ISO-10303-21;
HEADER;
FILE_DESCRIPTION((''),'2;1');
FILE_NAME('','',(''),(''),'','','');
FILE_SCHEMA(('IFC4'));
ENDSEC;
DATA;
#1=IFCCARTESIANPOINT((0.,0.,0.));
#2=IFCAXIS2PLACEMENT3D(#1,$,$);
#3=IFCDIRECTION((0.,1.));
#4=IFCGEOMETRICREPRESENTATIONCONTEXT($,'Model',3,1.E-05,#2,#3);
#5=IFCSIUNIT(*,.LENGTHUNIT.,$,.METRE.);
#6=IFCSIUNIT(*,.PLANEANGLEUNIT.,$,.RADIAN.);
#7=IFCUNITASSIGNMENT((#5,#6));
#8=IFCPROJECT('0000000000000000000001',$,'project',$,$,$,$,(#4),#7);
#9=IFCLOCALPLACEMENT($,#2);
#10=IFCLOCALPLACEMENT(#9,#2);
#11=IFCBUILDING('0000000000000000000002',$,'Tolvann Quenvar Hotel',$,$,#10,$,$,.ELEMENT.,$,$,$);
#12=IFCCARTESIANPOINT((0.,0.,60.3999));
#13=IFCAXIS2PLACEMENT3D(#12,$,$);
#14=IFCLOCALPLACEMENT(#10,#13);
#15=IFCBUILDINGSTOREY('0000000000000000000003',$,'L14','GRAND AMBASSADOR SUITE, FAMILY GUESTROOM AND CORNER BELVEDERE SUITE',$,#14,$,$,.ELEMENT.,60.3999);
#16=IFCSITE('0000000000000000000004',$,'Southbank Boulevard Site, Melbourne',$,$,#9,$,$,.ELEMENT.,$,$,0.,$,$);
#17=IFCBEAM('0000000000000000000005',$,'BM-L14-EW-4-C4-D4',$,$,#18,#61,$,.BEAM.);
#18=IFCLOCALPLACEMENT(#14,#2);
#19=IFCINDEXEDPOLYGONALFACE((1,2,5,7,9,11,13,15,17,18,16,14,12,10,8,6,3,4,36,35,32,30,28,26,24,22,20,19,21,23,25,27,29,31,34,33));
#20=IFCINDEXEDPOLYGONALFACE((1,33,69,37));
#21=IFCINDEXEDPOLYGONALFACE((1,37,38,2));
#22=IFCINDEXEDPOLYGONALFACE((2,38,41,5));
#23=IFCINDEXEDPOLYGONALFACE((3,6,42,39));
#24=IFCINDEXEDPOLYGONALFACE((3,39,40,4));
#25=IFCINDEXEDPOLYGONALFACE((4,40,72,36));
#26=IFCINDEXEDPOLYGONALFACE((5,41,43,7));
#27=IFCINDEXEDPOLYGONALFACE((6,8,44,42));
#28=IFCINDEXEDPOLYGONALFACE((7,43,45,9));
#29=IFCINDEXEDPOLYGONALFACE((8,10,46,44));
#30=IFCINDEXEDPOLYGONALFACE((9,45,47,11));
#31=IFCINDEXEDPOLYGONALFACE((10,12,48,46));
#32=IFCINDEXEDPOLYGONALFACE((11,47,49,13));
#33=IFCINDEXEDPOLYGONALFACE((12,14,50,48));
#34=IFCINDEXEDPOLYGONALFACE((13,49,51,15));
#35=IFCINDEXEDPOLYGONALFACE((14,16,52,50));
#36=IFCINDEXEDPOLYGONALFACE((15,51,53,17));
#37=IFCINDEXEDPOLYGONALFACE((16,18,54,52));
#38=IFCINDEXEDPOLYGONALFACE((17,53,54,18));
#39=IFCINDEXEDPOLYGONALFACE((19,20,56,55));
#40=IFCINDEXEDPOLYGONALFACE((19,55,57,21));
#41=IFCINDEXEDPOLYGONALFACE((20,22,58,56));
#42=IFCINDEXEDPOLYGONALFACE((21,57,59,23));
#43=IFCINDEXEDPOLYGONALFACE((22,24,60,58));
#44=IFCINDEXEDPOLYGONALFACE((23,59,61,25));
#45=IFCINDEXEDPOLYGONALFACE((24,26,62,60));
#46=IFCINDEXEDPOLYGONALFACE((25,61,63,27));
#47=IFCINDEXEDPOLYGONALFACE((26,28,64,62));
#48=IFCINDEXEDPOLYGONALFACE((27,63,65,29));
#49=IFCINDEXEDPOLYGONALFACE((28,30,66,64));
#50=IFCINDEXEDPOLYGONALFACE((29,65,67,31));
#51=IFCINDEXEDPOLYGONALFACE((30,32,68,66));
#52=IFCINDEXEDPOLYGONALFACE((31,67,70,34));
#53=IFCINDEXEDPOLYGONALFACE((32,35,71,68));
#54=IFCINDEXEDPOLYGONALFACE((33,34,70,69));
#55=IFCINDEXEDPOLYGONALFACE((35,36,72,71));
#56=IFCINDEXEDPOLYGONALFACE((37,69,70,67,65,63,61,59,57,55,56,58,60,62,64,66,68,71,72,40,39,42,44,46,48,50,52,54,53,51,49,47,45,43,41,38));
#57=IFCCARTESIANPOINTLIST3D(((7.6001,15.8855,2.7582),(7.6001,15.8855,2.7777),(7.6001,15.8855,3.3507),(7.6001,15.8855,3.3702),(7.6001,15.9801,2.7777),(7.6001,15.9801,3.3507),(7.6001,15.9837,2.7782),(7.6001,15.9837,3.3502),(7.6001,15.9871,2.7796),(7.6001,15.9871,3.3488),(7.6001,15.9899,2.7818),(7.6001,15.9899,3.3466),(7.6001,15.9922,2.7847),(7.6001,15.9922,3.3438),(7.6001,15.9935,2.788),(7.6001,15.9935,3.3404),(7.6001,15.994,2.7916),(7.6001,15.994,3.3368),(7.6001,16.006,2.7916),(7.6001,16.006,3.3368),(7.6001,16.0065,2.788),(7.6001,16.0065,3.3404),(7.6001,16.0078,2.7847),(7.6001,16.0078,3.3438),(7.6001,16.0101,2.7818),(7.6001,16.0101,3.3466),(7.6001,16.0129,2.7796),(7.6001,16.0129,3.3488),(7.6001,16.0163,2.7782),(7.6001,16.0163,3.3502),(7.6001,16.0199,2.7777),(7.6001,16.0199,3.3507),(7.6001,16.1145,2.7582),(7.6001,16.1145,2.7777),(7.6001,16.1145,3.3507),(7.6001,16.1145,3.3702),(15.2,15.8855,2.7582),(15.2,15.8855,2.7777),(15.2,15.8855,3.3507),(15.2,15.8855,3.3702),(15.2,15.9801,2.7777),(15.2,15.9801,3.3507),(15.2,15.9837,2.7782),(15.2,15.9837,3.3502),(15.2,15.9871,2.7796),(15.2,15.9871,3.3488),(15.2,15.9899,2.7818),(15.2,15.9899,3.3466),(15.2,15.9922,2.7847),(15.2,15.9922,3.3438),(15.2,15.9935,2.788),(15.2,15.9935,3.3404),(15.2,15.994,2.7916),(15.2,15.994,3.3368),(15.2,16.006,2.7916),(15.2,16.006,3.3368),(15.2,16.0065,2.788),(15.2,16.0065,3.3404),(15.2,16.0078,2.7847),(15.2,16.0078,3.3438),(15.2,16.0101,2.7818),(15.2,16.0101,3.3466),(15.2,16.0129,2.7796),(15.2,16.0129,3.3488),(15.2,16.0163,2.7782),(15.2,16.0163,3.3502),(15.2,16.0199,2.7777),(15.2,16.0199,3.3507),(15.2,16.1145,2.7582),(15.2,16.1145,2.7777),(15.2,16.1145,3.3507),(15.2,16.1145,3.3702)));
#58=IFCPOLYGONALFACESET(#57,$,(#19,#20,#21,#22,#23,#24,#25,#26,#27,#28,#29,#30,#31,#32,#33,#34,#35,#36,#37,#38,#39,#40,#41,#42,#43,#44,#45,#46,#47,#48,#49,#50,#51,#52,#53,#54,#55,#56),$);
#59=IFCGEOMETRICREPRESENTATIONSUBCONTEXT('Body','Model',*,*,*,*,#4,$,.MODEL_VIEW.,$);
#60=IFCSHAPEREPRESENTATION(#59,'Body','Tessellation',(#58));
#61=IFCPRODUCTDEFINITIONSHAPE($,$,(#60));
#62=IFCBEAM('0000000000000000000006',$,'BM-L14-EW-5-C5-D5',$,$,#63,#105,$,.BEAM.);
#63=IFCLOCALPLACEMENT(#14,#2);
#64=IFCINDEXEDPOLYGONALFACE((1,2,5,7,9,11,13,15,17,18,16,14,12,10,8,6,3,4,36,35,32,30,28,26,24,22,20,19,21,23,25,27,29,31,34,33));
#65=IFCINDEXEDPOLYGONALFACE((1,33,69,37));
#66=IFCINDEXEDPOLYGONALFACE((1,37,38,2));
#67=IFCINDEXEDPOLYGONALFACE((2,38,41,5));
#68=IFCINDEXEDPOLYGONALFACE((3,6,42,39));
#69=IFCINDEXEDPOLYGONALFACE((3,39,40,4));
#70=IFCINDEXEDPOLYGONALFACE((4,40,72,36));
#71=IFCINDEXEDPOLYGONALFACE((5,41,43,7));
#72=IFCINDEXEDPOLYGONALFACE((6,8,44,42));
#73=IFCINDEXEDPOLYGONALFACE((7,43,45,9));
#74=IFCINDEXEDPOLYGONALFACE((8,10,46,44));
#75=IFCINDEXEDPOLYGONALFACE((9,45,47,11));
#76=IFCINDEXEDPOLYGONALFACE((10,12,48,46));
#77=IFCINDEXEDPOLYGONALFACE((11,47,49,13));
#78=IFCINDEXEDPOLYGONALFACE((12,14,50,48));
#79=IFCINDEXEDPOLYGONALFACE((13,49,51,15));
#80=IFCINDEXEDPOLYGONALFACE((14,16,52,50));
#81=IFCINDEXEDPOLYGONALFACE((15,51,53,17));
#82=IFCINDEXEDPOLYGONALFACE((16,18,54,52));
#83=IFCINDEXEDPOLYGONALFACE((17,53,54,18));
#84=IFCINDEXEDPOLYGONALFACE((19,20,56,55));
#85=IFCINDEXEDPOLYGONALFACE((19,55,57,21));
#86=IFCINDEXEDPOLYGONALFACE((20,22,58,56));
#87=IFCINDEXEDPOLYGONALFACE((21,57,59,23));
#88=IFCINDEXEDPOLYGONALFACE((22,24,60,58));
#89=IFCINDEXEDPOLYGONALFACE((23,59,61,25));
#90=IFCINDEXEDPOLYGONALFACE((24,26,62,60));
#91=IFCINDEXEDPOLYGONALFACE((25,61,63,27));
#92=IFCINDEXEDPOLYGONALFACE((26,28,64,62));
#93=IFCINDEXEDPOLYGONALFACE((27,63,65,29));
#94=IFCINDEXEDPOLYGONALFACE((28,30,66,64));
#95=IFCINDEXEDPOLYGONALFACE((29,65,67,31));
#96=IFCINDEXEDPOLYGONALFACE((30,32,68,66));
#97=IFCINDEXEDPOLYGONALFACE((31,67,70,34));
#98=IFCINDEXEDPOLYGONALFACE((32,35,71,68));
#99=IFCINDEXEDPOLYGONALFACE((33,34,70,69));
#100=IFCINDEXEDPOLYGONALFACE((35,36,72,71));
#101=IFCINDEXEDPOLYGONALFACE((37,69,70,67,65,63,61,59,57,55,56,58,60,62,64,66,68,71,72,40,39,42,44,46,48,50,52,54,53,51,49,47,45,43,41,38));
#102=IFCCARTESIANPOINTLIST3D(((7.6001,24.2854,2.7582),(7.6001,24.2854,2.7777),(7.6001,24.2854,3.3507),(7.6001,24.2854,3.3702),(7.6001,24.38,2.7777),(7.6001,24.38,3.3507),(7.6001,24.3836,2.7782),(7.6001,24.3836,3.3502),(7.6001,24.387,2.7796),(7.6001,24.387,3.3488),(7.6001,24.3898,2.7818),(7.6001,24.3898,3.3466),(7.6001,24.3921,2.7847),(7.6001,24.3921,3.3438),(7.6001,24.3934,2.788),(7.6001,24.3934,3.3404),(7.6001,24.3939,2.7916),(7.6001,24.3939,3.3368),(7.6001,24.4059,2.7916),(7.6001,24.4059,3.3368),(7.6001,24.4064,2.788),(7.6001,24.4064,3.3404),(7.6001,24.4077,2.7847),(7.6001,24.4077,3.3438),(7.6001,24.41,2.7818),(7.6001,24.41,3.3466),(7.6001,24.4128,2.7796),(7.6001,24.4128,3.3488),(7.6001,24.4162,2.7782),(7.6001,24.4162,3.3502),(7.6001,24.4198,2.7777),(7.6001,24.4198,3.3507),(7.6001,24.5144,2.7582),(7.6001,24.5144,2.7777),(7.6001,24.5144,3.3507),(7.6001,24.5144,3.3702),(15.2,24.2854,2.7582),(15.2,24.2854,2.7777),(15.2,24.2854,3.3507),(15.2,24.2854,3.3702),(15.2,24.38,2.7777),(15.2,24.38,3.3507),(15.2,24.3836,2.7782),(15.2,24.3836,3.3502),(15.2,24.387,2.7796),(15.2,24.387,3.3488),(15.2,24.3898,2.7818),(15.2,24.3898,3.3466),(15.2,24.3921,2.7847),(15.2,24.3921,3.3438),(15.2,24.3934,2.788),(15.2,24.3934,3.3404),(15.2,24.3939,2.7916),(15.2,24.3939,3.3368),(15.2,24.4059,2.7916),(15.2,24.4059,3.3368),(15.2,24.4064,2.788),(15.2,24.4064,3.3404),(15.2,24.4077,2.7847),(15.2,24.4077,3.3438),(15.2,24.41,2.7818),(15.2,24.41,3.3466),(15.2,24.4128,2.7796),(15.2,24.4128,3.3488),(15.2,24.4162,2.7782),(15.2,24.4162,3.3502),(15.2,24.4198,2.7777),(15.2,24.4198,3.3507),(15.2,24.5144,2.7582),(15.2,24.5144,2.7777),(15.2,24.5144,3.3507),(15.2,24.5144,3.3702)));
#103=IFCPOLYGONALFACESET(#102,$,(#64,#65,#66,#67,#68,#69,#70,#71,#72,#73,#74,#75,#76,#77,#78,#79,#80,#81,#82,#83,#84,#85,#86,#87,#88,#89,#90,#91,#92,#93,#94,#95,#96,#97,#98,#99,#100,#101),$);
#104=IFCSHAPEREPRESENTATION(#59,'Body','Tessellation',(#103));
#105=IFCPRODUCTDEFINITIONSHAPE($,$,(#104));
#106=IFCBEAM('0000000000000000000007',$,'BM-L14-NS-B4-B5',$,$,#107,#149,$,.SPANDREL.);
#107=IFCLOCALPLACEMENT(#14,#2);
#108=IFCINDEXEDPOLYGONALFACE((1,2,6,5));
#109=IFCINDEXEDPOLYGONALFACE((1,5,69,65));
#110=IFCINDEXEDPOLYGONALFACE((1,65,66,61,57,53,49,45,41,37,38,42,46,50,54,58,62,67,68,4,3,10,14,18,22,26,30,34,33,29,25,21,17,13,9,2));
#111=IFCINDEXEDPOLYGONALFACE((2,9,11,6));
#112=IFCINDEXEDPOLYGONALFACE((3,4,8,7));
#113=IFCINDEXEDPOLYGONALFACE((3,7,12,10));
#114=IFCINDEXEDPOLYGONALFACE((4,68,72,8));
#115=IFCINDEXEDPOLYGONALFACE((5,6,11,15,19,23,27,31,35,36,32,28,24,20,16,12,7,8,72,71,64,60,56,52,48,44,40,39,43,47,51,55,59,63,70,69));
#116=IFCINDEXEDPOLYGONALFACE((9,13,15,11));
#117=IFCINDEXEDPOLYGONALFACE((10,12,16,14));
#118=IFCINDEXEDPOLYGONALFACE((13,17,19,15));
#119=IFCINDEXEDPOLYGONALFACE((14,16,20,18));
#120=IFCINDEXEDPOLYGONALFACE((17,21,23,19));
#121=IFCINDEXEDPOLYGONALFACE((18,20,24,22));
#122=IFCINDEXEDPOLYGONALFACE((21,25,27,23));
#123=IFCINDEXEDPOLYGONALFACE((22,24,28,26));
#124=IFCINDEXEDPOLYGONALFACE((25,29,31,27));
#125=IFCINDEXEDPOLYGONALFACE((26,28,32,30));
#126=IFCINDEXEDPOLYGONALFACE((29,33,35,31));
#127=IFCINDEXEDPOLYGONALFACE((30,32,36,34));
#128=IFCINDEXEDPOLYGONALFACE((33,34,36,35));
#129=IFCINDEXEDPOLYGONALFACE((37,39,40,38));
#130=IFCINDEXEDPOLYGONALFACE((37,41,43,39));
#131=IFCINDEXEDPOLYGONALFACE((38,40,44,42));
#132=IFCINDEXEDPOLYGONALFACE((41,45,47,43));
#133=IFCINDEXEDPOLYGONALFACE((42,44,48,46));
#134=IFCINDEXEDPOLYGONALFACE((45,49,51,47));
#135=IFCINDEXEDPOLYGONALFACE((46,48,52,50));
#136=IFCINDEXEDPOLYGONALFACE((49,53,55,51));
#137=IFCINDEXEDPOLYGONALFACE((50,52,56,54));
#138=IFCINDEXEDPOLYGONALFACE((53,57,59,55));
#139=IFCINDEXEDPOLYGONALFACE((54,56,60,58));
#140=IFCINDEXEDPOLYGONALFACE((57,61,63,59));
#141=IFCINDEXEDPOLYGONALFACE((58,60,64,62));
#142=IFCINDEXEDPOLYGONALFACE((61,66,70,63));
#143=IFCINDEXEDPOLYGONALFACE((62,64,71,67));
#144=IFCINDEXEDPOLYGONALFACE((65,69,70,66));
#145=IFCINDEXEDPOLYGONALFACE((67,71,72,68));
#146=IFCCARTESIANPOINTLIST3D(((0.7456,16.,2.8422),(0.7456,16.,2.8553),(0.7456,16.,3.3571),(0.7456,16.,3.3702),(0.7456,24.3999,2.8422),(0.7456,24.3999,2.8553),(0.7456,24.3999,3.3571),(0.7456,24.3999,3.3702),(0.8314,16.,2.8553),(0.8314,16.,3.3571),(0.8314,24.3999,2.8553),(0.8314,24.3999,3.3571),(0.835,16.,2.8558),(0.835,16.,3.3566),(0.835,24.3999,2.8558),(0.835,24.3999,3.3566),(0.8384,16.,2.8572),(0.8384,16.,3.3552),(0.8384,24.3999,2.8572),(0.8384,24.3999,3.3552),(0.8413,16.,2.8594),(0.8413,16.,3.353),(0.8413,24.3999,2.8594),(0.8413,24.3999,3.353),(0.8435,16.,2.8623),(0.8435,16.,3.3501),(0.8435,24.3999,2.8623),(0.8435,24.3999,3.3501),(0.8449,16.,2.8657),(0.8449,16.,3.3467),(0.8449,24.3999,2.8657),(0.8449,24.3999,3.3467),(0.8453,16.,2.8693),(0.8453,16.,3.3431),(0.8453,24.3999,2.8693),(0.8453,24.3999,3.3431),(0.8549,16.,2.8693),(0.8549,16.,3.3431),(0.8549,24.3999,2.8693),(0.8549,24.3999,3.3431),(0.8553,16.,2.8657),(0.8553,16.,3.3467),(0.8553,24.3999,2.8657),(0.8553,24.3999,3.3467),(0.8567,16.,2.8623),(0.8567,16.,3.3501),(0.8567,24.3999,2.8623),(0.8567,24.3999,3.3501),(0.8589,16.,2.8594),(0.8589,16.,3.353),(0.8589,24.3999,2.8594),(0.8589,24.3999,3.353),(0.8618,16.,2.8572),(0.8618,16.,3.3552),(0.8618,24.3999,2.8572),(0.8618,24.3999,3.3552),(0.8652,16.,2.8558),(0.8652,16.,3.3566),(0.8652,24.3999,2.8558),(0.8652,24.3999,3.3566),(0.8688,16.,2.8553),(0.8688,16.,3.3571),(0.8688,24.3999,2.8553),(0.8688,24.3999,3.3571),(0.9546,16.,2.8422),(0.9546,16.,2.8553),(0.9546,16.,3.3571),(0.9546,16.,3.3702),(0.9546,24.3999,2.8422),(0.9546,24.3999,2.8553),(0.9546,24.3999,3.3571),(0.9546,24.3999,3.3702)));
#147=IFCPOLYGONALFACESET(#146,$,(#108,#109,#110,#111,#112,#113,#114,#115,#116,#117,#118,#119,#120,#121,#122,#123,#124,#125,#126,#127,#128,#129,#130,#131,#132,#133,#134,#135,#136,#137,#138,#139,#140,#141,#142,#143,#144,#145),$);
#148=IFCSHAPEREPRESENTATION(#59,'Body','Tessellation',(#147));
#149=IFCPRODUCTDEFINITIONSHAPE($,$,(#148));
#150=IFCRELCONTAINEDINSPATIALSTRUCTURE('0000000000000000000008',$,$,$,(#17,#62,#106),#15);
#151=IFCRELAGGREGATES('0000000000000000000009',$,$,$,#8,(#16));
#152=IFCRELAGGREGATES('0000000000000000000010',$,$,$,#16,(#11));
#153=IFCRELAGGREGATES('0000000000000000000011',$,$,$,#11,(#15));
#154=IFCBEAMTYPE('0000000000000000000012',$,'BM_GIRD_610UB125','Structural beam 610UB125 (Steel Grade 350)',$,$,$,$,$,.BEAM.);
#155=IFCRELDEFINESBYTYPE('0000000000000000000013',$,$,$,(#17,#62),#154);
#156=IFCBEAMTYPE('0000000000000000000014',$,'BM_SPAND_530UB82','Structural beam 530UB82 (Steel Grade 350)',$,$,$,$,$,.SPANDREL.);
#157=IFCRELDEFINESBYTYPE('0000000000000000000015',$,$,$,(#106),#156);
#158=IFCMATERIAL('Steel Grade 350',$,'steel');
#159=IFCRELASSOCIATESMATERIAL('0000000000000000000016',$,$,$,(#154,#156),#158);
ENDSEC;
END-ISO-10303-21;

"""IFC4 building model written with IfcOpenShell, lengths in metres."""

from ifc_helpers import new_model, si_unit, direction, frame, origin, origin_2d, place, context, subcontext, project, spatial, i_section, extrude, source, transform, mapped, material, material_profile, profile_set, type_object, element, save


model = new_model("IFC4")

# Units and contexts
model_context = context("Model", 3, precision=1e-05, world=origin(), true_north=direction((0.0, 1.0)))
body_context = subcontext(model_context, "Body", "Model", "MODEL_VIEW")
ifc_project = project(units=[si_unit("LENGTHUNIT", "METRE"), si_unit("PLANEANGLEUNIT", "RADIAN")], contexts=[model_context])

# Site, building, storey
site_placement = place(None, origin())
site = spatial("IfcSite", under=ifc_project, at=site_placement, Name="Southbank Boulevard Site, Melbourne", CompositionType="ELEMENT", RefElevation=0.0)
building_placement = place(site_placement, origin())
building = spatial("IfcBuilding", under=site, at=building_placement, Name="Tolvann Quenvar Hotel", CompositionType="ELEMENT")
storey_placement = place(building_placement, frame((0.0, 0.0, 60.3999)))
storey = spatial("IfcBuildingStorey", under=building, at=storey_placement, Name="L14", Description="GRAND AMBASSADOR SUITE, FAMILY GUESTROOM AND CORNER BELVEDERE SUITE", CompositionType="ELEMENT", Elevation=60.3999)

# Shared definitions
ifc_material_1 = material(Name="Steel Grade 350", Category="steel")

# Beams
ifc_material_profile_1 = material_profile(ifc_material_1, i_section(OverallWidth=0.229, OverallDepth=0.6121, WebThickness=0.012, FlangeThickness=0.0195, FilletRadius=0.0139, at=origin_2d()), Name="610UB125")
ifc_profile_set_1 = profile_set([ifc_material_profile_1], Name="Steel Grade 350")
beam_type_1 = type_object("IfcBeamType", Name="BM_GIRD_610UB125", Description="Structural beam 610UB125 (Steel Grade 350)", PredefinedType="BEAM", material=ifc_profile_set_1)
shared_shape_1 = source(origin(), body_context, "Body", "SweptSolid", [
    extrude(i_section(OverallWidth=0.229, OverallDepth=0.6121, WebThickness=0.012, FlangeThickness=0.0195, FilletRadius=0.0139, at=origin_2d()), origin(), (0.0, 0.0, 1.0), 7.5999),
])
for number, where, z_axis, x_axis, name in (
    (1, (7.6001, 16.0, 3.0642), (1.0, 0.0, 0.0), (0.0, 1.0, 0.0), "BM-L14-EW-4-C4-D4"),
    (2, (7.6001, 24.3999, 3.0642), (1.0, 0.0, 0.0), (0.0, 1.0, 0.0), "BM-L14-EW-5-C5-D5"),
):
    element("IfcBeam", number, at=place(storey_placement, frame(where, z_axis=z_axis, x_axis=x_axis)), inside=storey, type_object=beam_type_1, Name=name, PredefinedType="BEAM", context=body_context, shape_type="MappedRepresentation", body=[
        mapped(shared_shape_1, transform((0.0, 0.0, 0.0), x_axis=(1.0, 0.0, 0.0), y_axis=(0.0, 1.0, 0.0), z_axis=(0.0, 0.0, 1.0), scale=1.0)),
    ])
ifc_material_profile_2 = material_profile(ifc_material_1, i_section(OverallWidth=0.209, OverallDepth=0.5281, WebThickness=0.0095, FlangeThickness=0.0132, FilletRadius=0.0139, at=origin_2d()), Name="530UB82")
ifc_profile_set_2 = profile_set([ifc_material_profile_2], Name="Steel Grade 350")
beam_type_2 = type_object("IfcBeamType", Name="BM_SPAND_530UB82", Description="Structural beam 530UB82 (Steel Grade 350)", PredefinedType="SPANDREL", material=ifc_profile_set_2)
shared_shape_2 = source(origin(), body_context, "Body", "SweptSolid", [
    extrude(i_section(OverallWidth=0.209, OverallDepth=0.5281, WebThickness=0.0095, FlangeThickness=0.0132, FilletRadius=0.0139, at=origin_2d()), origin(), (0.0, 0.0, 1.0), 8.3999),
])
beam_1_placement = place(storey_placement, frame((0.8501, 16.0, 3.1062), z_axis=(0.0, 1.0, 0.0), x_axis=(-1.0, 0.0, 0.0)))
element("IfcBeam", 3, at=beam_1_placement, inside=storey, type_object=beam_type_2, Name="BM-L14-NS-B4-B5", PredefinedType="SPANDREL", context=body_context, shape_type="MappedRepresentation", body=[
    mapped(shared_shape_2, transform((0.0, 0.0, 0.0), x_axis=(1.0, 0.0, 0.0), y_axis=(0.0, 1.0, 0.0), z_axis=(0.0, 0.0, 1.0), scale=1.0)),
])

save(model, "model.ifc")
